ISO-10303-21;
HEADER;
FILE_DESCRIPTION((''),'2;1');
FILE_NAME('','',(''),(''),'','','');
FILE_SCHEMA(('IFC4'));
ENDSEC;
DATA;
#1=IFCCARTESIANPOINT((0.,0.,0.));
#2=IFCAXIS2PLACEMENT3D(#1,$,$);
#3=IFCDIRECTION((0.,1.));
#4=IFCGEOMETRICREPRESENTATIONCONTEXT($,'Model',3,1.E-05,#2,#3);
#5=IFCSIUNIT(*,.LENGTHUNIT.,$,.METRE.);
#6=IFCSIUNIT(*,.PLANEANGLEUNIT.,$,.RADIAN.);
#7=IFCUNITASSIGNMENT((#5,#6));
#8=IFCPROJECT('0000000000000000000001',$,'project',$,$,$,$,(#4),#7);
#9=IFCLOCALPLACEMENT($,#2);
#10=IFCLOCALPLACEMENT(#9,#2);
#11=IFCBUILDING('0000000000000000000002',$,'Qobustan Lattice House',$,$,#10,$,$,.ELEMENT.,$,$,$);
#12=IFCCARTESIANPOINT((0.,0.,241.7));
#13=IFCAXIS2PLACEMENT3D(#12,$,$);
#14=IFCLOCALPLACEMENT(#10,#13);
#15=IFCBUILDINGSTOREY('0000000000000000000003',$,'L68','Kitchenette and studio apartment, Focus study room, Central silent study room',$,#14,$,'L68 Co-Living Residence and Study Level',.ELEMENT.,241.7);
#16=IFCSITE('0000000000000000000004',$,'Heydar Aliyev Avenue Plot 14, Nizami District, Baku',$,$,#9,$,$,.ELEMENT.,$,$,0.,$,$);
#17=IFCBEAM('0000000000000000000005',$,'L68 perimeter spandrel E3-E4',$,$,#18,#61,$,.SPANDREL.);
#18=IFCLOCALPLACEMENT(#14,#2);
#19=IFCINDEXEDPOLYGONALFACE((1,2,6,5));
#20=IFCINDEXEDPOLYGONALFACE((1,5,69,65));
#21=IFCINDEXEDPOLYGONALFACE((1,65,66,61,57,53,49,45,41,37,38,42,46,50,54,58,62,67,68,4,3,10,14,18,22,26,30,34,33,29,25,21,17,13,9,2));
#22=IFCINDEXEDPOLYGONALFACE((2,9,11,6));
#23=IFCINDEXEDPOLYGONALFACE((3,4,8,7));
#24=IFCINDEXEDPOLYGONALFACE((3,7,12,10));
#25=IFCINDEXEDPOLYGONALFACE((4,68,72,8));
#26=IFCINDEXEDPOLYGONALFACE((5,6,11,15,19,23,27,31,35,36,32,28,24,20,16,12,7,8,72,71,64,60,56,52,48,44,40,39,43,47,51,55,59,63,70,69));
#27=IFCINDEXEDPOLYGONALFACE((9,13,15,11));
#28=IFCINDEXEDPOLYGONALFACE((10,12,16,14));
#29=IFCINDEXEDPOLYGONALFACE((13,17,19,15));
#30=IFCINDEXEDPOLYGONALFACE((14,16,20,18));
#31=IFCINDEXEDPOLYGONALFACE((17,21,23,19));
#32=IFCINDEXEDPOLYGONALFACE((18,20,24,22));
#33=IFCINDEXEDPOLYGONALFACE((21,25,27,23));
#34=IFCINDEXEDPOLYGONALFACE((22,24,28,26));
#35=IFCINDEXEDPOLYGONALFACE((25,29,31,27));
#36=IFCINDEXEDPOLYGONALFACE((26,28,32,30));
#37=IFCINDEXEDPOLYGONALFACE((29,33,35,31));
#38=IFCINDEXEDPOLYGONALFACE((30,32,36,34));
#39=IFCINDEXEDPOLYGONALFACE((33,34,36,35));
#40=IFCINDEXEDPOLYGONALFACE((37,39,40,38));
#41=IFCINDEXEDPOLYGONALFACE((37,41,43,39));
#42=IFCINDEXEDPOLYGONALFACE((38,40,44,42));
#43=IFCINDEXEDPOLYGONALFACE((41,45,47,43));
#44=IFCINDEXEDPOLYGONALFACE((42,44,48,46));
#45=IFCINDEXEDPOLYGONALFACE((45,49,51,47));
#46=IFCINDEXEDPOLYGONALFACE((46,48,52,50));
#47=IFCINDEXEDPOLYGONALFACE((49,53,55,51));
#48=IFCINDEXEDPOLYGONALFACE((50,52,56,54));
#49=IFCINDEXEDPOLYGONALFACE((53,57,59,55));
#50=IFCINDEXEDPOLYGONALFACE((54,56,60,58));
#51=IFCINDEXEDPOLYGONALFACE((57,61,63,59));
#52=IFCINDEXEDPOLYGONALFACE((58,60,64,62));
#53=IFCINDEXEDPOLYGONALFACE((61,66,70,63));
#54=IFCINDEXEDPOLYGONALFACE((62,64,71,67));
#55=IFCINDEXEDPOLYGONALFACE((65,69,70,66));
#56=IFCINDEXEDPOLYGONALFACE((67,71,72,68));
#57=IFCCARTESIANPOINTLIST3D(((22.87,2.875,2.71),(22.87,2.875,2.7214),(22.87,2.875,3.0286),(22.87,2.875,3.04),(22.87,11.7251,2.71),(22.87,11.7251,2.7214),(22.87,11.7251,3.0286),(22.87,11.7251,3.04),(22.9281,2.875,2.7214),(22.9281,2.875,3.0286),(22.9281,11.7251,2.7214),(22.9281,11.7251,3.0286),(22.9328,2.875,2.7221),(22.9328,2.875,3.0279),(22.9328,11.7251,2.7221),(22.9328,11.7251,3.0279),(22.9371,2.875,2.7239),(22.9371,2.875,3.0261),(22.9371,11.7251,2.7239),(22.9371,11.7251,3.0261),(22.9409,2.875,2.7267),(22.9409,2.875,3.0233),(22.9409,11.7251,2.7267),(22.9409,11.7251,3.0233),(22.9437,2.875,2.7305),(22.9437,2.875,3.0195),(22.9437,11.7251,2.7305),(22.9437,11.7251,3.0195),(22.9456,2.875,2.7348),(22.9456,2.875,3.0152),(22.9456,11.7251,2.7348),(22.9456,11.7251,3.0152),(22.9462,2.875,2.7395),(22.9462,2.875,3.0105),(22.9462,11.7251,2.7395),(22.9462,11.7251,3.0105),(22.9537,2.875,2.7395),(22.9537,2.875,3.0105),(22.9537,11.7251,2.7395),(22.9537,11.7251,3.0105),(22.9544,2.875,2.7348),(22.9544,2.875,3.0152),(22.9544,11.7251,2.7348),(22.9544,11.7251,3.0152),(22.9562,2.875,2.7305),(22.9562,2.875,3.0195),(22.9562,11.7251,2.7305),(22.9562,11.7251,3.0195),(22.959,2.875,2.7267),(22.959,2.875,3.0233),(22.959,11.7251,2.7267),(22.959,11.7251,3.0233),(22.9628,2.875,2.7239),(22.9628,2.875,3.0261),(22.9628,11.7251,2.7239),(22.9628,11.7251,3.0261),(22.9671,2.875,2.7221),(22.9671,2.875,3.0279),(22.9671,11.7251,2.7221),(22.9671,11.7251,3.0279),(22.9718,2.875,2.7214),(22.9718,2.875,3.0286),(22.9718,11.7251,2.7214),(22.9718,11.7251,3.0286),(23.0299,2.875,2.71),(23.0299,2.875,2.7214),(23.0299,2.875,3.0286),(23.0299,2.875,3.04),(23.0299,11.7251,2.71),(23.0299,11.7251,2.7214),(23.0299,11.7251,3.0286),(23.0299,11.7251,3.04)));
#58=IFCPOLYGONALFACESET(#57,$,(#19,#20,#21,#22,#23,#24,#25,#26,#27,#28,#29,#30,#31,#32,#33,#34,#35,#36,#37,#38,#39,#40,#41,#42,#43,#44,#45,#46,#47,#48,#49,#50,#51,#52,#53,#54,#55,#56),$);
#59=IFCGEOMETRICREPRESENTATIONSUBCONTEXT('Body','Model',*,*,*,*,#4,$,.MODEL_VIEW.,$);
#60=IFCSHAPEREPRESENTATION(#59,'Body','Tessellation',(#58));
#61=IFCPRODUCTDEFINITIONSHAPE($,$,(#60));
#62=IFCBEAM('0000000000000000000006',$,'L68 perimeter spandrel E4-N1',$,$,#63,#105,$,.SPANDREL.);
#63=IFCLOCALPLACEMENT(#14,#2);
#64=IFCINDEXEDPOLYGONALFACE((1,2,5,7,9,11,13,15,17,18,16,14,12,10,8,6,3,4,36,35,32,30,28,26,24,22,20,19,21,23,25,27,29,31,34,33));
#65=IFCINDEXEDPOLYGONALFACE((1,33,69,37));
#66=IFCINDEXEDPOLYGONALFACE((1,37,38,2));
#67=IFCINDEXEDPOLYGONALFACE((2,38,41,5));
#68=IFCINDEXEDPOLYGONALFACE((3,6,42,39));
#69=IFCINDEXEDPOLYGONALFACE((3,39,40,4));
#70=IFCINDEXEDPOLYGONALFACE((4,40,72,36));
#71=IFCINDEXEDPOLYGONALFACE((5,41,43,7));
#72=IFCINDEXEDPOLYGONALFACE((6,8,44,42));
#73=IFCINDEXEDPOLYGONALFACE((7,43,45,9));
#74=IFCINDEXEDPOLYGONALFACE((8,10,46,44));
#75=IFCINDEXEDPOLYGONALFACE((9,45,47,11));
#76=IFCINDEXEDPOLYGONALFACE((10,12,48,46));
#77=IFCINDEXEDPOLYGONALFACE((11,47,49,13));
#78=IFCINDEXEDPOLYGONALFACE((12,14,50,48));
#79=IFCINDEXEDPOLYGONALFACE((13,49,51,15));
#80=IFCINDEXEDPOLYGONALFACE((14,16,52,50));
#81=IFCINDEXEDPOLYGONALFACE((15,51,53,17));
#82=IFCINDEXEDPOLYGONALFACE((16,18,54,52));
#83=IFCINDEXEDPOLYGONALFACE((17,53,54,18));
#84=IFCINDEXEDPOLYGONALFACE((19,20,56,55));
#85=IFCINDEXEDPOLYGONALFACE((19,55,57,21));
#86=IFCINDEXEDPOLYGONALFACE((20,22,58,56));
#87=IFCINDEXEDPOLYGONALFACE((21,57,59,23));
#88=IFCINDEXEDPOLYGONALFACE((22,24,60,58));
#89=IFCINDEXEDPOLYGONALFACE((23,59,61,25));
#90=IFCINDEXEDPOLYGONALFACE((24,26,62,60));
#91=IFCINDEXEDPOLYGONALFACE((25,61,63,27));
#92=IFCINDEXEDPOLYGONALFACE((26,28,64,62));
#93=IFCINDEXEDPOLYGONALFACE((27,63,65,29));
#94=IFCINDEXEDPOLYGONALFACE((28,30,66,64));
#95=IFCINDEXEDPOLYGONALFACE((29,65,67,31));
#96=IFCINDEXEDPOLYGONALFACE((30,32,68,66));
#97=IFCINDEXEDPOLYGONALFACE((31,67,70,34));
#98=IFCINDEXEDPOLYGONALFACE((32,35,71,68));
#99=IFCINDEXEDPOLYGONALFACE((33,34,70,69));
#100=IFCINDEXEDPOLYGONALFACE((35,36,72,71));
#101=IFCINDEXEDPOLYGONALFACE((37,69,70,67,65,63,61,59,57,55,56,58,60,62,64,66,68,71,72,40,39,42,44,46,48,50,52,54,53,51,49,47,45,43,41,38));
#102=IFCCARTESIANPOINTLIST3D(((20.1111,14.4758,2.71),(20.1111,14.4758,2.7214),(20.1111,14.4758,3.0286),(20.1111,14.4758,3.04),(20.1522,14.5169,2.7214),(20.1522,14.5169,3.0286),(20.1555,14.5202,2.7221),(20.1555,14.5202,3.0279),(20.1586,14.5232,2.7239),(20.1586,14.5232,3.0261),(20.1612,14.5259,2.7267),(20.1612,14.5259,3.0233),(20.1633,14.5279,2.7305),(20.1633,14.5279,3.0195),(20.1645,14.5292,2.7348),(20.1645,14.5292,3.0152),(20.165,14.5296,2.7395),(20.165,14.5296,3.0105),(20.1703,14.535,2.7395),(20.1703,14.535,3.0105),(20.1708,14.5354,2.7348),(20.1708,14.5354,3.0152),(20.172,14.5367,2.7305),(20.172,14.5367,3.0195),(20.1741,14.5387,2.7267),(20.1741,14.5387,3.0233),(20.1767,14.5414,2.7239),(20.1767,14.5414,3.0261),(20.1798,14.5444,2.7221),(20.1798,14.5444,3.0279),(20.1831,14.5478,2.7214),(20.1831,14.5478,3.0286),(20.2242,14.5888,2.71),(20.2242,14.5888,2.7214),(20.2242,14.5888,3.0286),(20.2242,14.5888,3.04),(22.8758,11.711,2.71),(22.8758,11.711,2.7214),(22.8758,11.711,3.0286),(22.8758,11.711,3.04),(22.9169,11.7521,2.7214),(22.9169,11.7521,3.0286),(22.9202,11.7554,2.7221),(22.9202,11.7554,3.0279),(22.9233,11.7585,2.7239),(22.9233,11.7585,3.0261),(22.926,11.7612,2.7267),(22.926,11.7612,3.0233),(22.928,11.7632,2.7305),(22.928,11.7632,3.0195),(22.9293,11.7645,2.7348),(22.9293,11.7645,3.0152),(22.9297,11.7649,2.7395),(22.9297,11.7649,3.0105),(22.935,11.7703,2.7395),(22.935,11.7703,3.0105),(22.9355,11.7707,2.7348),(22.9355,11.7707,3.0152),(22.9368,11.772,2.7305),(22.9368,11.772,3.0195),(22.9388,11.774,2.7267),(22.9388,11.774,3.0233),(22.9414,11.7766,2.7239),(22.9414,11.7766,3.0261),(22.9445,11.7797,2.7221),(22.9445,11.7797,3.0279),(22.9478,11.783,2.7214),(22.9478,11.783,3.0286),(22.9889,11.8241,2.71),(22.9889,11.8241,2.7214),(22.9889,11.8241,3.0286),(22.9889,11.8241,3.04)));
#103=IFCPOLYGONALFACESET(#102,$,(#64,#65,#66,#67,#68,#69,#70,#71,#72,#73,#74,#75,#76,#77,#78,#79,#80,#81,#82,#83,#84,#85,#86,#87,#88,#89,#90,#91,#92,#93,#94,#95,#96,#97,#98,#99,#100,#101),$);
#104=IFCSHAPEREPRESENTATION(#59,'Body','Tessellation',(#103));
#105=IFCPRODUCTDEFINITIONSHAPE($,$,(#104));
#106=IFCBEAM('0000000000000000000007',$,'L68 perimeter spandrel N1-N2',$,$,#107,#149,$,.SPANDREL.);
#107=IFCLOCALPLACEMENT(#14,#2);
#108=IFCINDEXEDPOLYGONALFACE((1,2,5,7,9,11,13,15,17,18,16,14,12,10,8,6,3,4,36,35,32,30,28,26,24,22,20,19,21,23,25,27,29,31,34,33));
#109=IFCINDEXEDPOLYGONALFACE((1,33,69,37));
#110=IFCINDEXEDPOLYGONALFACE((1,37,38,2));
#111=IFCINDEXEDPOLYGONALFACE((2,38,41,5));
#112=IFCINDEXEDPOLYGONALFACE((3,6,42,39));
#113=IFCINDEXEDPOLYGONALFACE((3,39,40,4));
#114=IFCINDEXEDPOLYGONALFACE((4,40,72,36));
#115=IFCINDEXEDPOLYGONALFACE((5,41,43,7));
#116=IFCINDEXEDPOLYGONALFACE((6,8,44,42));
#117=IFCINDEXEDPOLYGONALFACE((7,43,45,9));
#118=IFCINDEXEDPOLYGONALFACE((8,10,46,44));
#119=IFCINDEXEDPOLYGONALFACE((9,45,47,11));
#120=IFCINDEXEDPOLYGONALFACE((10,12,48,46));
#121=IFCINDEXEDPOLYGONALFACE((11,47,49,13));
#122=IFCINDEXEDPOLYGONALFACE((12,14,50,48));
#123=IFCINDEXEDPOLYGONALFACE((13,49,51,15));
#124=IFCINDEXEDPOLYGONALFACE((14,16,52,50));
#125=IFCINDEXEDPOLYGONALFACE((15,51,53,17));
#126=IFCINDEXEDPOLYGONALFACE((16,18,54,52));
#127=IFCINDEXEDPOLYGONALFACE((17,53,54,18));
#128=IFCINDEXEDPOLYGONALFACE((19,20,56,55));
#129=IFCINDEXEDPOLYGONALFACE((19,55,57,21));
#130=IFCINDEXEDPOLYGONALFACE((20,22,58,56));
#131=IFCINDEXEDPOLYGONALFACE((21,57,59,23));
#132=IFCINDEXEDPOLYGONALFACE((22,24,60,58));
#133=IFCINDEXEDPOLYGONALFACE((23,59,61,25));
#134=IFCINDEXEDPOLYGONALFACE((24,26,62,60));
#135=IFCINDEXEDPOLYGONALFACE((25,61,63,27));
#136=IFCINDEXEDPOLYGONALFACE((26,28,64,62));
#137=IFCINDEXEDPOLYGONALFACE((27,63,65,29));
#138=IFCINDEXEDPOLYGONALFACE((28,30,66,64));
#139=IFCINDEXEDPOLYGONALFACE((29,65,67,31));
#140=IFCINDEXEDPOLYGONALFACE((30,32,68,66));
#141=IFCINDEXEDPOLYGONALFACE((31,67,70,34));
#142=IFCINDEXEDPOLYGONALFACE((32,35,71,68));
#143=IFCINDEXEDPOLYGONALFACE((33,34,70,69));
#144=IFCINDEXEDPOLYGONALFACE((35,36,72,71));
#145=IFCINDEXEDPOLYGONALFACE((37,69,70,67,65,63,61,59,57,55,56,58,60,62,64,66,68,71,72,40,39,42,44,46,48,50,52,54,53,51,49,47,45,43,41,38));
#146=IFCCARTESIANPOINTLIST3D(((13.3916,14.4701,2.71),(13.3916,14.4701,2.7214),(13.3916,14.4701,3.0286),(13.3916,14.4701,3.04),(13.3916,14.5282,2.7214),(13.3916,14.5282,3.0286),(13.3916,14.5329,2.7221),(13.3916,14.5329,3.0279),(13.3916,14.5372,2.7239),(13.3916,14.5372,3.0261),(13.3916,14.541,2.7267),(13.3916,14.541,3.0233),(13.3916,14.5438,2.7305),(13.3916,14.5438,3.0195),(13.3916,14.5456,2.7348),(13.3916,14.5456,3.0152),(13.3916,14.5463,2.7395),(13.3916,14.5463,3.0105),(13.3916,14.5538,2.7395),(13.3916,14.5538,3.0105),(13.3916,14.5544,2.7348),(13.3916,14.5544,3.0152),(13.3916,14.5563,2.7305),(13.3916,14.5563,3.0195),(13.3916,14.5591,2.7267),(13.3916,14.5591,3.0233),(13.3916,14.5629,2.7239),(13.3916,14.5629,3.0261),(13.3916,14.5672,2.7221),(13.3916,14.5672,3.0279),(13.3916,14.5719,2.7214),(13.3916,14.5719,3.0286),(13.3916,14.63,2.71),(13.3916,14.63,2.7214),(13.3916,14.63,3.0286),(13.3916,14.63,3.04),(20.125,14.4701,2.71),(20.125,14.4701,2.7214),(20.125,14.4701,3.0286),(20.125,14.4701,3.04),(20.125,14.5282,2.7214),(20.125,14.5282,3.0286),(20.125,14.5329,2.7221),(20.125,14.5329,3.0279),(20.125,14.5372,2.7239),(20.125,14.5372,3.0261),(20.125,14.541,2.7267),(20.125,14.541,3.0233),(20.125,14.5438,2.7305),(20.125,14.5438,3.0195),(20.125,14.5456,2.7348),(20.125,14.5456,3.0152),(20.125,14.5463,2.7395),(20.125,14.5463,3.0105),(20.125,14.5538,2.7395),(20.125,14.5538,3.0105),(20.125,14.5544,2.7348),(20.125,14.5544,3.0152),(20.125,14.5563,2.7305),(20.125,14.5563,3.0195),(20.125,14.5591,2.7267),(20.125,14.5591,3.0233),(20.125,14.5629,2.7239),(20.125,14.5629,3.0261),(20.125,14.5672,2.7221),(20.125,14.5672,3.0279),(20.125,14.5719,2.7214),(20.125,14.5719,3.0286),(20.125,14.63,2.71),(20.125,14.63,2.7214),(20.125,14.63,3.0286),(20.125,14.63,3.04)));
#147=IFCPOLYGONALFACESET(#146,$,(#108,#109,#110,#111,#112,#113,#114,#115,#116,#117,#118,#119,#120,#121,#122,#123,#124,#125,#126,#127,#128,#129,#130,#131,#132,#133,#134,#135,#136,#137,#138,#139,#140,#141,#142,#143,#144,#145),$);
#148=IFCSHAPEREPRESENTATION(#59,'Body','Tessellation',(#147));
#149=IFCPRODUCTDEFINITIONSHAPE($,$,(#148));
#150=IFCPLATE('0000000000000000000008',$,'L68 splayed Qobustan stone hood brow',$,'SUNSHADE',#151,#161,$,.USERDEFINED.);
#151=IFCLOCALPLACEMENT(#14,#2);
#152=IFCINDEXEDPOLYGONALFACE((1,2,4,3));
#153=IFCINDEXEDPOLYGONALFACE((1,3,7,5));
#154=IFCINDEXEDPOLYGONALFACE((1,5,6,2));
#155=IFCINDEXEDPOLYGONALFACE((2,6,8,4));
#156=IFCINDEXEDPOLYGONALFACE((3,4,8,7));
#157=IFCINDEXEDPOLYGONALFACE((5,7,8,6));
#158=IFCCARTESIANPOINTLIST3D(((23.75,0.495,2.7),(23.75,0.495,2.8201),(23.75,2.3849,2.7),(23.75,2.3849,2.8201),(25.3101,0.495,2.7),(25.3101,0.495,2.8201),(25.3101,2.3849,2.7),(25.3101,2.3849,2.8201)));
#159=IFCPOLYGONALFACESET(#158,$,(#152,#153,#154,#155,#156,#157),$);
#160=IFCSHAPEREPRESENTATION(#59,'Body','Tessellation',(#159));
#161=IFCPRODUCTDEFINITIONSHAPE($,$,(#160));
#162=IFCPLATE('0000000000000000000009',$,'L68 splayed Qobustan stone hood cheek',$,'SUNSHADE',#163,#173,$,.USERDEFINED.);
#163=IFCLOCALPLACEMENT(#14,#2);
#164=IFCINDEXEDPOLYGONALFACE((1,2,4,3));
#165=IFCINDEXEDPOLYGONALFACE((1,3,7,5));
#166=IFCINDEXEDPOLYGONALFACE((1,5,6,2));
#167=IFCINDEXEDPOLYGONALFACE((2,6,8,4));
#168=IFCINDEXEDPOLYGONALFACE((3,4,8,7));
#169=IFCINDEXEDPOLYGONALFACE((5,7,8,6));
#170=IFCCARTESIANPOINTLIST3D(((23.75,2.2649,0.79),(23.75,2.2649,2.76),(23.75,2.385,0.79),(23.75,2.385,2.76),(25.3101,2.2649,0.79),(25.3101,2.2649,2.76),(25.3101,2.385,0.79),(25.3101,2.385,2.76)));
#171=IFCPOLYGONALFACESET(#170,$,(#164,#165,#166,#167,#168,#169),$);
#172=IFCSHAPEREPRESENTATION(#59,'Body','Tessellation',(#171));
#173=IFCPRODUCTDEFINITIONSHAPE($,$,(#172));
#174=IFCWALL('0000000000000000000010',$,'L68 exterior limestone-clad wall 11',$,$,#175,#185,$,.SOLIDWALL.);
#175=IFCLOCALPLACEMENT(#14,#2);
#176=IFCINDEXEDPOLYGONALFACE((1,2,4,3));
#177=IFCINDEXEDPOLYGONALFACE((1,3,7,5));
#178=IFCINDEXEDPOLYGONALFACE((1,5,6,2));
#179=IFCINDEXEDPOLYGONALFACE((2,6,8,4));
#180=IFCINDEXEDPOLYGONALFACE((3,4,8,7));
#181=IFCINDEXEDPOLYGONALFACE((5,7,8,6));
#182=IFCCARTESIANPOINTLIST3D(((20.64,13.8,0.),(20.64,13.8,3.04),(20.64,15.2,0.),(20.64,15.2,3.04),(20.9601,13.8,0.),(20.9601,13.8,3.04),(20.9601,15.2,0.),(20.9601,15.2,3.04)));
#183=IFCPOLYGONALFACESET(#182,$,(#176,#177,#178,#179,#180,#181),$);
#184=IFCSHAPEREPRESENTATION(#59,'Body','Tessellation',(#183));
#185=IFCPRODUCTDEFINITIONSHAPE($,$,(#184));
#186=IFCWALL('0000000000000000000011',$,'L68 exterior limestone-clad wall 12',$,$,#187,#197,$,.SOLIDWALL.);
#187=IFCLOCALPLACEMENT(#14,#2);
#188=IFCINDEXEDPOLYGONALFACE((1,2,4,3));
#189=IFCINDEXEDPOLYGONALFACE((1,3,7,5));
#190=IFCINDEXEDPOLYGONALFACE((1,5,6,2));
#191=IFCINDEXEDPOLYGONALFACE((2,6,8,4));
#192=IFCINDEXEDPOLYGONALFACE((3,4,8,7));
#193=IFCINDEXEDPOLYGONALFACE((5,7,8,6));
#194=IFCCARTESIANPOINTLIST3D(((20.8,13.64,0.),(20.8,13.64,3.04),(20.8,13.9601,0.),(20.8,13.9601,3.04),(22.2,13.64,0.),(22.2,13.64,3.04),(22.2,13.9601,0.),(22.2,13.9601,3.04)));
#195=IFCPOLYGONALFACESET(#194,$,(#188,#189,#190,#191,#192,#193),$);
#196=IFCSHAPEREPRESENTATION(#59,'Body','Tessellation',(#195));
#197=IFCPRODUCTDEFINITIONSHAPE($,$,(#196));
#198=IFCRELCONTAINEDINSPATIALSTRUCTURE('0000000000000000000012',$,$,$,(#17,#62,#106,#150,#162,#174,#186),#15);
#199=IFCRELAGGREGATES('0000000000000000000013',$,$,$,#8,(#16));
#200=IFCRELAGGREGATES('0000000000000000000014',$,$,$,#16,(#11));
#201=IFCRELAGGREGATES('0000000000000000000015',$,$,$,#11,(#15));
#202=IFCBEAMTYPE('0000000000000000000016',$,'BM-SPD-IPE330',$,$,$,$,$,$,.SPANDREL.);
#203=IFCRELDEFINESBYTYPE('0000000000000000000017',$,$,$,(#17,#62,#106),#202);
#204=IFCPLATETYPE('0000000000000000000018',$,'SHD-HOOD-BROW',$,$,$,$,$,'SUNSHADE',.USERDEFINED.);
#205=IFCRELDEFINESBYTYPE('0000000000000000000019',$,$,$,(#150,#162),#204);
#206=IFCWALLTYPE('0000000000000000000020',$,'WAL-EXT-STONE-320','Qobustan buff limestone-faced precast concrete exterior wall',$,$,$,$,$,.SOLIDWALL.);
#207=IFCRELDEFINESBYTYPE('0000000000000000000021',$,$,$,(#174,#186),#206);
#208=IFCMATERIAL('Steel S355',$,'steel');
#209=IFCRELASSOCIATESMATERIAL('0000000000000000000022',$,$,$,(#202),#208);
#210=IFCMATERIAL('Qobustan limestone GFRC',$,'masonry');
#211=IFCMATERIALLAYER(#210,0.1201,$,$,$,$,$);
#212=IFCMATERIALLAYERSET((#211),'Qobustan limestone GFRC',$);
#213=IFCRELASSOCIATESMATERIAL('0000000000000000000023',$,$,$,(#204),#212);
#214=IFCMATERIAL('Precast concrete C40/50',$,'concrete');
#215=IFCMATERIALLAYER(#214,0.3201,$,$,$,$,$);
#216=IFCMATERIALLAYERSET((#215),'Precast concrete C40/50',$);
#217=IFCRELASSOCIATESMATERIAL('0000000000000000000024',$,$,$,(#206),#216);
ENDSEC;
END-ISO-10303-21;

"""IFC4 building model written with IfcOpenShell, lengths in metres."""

from ifc_helpers import new_model, si_unit, direction, frame, frame_2d, origin, origin_2d, place, context, subcontext, project, spatial, rectangle, i_section, extrude, material, layer, layer_set, material_profile, profile_set, type_object, element, save


model = new_model("IFC4")

# Units and contexts
model_context = context("Model", 3, precision=1e-05, world=origin(), true_north=direction((0.0, 1.0)))
body_context = subcontext(model_context, "Body", "Model", "MODEL_VIEW")
ifc_project = project(units=[si_unit("LENGTHUNIT", "METRE"), si_unit("PLANEANGLEUNIT", "RADIAN")], contexts=[model_context])

# Site, building, storey
site_placement = place(None, origin())
site = spatial("IfcSite", under=ifc_project, at=site_placement, Name="Heydar Aliyev Avenue Plot 14, Nizami District, Baku", CompositionType="ELEMENT", RefElevation=0.0)
building_placement = place(site_placement, origin())
building = spatial("IfcBuilding", under=site, at=building_placement, Name="Qobustan Lattice House", CompositionType="ELEMENT")
storey_placement = place(building_placement, frame((0.0, 0.0, 241.7)))
storey = spatial("IfcBuildingStorey", under=building, at=storey_placement, Name="L68", Description="Kitchenette and studio apartment, Focus study room, Central silent study room", LongName="L68 Co-Living Residence and Study Level", CompositionType="ELEMENT", Elevation=241.7)

# Beams
ifc_material_1 = material(Name="Steel S355", Category="steel")
ifc_material_profile_1 = material_profile(ifc_material_1, i_section(OverallWidth=0.1599, OverallDepth=0.3301, WebThickness=0.0076, FlangeThickness=0.0115, FilletRadius=0.0181, at=origin_2d()), Name="IPE330")
ifc_profile_set_1 = profile_set([ifc_material_profile_1], Name="Steel S355")
beam_type_1 = type_object("IfcBeamType", Name="BM-SPD-IPE330", PredefinedType="SPANDREL", material=ifc_profile_set_1)
beam_1_placement = place(storey_placement, frame((22.95, 2.875, 2.875), z_axis=(0.0, 1.0, 0.0), x_axis=(-1.0, 0.0, 0.0)))
element("IfcBeam", 1, at=beam_1_placement, inside=storey, type_object=beam_type_1, Name="L68 perimeter spandrel E3-E4", PredefinedType="SPANDREL", context=body_context, shape_type="SweptSolid", body=[
    extrude(i_section(OverallWidth=0.1599, OverallDepth=0.3301, WebThickness=0.0076, FlangeThickness=0.0115, FilletRadius=0.0181, at=origin_2d()), origin(), (0.0, 0.0, 1.0), 8.8501),
])
beam_2_placement = place(storey_placement, frame((22.9324, 11.7676, 2.875), z_axis=(-0.707107, 0.707107, 0.0), x_axis=(-0.707107, -0.707107, 0.0)))
element("IfcBeam", 2, at=beam_2_placement, inside=storey, type_object=beam_type_1, Name="L68 perimeter spandrel E4-N1", PredefinedType="SPANDREL", context=body_context, shape_type="SweptSolid", body=[
    extrude(i_section(OverallWidth=0.1599, OverallDepth=0.3301, WebThickness=0.0076, FlangeThickness=0.0115, FilletRadius=0.0181, at=origin_2d()), origin(), (0.0, 0.0, 1.0), 3.9099),
])
beam_3_placement = place(storey_placement, frame((20.125, 14.55, 2.875), z_axis=(-1.0, 0.0, 0.0), x_axis=(0.0, -1.0, 0.0)))
element("IfcBeam", 3, at=beam_3_placement, inside=storey, type_object=beam_type_1, Name="L68 perimeter spandrel N1-N2", PredefinedType="SPANDREL", context=body_context, shape_type="SweptSolid", body=[
    extrude(i_section(OverallWidth=0.1599, OverallDepth=0.3301, WebThickness=0.0076, FlangeThickness=0.0115, FilletRadius=0.0181, at=origin_2d()), origin(), (0.0, 0.0, 1.0), 6.7334),
])

# Plates
ifc_material_2 = material(Name="Qobustan limestone GFRC", Category="masonry")
ifc_layer_1 = layer(ifc_material_2, 0.1201)
ifc_layer_set_1 = layer_set([ifc_layer_1], Name="Qobustan limestone GFRC")
plate_type = type_object("IfcPlateType", Name="SHD-HOOD-BROW", ElementType="SUNSHADE", PredefinedType="USERDEFINED", material=ifc_layer_set_1)
plate_1_placement = place(storey_placement, frame((24.53, 1.4399, 2.7), z_axis=(0.0, 0.0, 1.0), x_axis=(0.0, -1.0, 0.0)))
element("IfcPlate", 4, at=plate_1_placement, inside=storey, type_object=plate_type, Name="L68 splayed Qobustan stone hood brow", ObjectType="SUNSHADE", PredefinedType="USERDEFINED", context=body_context, shape_type="SweptSolid", body=[
    extrude(rectangle(XDim=1.8899, YDim=1.5601, at=origin_2d()), origin(), (0.0, 0.0, 1.0), 0.1201),
])
plate_2_placement = place(storey_placement, frame((24.53, 2.325, 0.79), z_axis=(0.0, 0.0, 1.0), x_axis=(0.0, -1.0, 0.0)))
element("IfcPlate", 5, at=plate_2_placement, inside=storey, type_object=plate_type, Name="L68 splayed Qobustan stone hood cheek", ObjectType="SUNSHADE", PredefinedType="USERDEFINED", context=body_context, shape_type="SweptSolid", body=[
    extrude(rectangle(XDim=0.1201, YDim=1.5601, at=origin_2d()), origin(), (0.0, 0.0, 1.0), 1.97),
])

# Walls
ifc_material_3 = material(Name="Precast concrete C40/50", Category="concrete")
ifc_layer_2 = layer(ifc_material_3, 0.3201)
ifc_layer_set_2 = layer_set([ifc_layer_2], Name="Precast concrete C40/50")
wall_type_1 = type_object("IfcWallType", Name="WAL-EXT-STONE-320", Description="Qobustan buff limestone-faced precast concrete exterior wall", PredefinedType="SOLIDWALL", material=ifc_layer_set_2)
for number, where, z_axis, x_axis, name in (
    (6, (20.8, 15.2, 0.0), (0.0, 0.0, 1.0), (0.0, -1.0, 0.0), "L68 exterior limestone-clad wall 11"),
    (7, (20.8, 13.8, 0.0), (0.0, 0.0, 1.0), (1.0, 0.0, 0.0), "L68 exterior limestone-clad wall 12"),
):
    element("IfcWall", number, at=place(storey_placement, frame(where, z_axis=z_axis, x_axis=x_axis)), inside=storey, type_object=wall_type_1, Name=name, PredefinedType="SOLIDWALL", context=body_context, shape_type="SweptSolid", body=[
        extrude(rectangle(XDim=1.3999, YDim=0.3201, at=frame_2d((0.7, 0.0))), origin(), (0.0, 0.0, 1.0), 3.04),
    ])

save(model, "model.ifc")
